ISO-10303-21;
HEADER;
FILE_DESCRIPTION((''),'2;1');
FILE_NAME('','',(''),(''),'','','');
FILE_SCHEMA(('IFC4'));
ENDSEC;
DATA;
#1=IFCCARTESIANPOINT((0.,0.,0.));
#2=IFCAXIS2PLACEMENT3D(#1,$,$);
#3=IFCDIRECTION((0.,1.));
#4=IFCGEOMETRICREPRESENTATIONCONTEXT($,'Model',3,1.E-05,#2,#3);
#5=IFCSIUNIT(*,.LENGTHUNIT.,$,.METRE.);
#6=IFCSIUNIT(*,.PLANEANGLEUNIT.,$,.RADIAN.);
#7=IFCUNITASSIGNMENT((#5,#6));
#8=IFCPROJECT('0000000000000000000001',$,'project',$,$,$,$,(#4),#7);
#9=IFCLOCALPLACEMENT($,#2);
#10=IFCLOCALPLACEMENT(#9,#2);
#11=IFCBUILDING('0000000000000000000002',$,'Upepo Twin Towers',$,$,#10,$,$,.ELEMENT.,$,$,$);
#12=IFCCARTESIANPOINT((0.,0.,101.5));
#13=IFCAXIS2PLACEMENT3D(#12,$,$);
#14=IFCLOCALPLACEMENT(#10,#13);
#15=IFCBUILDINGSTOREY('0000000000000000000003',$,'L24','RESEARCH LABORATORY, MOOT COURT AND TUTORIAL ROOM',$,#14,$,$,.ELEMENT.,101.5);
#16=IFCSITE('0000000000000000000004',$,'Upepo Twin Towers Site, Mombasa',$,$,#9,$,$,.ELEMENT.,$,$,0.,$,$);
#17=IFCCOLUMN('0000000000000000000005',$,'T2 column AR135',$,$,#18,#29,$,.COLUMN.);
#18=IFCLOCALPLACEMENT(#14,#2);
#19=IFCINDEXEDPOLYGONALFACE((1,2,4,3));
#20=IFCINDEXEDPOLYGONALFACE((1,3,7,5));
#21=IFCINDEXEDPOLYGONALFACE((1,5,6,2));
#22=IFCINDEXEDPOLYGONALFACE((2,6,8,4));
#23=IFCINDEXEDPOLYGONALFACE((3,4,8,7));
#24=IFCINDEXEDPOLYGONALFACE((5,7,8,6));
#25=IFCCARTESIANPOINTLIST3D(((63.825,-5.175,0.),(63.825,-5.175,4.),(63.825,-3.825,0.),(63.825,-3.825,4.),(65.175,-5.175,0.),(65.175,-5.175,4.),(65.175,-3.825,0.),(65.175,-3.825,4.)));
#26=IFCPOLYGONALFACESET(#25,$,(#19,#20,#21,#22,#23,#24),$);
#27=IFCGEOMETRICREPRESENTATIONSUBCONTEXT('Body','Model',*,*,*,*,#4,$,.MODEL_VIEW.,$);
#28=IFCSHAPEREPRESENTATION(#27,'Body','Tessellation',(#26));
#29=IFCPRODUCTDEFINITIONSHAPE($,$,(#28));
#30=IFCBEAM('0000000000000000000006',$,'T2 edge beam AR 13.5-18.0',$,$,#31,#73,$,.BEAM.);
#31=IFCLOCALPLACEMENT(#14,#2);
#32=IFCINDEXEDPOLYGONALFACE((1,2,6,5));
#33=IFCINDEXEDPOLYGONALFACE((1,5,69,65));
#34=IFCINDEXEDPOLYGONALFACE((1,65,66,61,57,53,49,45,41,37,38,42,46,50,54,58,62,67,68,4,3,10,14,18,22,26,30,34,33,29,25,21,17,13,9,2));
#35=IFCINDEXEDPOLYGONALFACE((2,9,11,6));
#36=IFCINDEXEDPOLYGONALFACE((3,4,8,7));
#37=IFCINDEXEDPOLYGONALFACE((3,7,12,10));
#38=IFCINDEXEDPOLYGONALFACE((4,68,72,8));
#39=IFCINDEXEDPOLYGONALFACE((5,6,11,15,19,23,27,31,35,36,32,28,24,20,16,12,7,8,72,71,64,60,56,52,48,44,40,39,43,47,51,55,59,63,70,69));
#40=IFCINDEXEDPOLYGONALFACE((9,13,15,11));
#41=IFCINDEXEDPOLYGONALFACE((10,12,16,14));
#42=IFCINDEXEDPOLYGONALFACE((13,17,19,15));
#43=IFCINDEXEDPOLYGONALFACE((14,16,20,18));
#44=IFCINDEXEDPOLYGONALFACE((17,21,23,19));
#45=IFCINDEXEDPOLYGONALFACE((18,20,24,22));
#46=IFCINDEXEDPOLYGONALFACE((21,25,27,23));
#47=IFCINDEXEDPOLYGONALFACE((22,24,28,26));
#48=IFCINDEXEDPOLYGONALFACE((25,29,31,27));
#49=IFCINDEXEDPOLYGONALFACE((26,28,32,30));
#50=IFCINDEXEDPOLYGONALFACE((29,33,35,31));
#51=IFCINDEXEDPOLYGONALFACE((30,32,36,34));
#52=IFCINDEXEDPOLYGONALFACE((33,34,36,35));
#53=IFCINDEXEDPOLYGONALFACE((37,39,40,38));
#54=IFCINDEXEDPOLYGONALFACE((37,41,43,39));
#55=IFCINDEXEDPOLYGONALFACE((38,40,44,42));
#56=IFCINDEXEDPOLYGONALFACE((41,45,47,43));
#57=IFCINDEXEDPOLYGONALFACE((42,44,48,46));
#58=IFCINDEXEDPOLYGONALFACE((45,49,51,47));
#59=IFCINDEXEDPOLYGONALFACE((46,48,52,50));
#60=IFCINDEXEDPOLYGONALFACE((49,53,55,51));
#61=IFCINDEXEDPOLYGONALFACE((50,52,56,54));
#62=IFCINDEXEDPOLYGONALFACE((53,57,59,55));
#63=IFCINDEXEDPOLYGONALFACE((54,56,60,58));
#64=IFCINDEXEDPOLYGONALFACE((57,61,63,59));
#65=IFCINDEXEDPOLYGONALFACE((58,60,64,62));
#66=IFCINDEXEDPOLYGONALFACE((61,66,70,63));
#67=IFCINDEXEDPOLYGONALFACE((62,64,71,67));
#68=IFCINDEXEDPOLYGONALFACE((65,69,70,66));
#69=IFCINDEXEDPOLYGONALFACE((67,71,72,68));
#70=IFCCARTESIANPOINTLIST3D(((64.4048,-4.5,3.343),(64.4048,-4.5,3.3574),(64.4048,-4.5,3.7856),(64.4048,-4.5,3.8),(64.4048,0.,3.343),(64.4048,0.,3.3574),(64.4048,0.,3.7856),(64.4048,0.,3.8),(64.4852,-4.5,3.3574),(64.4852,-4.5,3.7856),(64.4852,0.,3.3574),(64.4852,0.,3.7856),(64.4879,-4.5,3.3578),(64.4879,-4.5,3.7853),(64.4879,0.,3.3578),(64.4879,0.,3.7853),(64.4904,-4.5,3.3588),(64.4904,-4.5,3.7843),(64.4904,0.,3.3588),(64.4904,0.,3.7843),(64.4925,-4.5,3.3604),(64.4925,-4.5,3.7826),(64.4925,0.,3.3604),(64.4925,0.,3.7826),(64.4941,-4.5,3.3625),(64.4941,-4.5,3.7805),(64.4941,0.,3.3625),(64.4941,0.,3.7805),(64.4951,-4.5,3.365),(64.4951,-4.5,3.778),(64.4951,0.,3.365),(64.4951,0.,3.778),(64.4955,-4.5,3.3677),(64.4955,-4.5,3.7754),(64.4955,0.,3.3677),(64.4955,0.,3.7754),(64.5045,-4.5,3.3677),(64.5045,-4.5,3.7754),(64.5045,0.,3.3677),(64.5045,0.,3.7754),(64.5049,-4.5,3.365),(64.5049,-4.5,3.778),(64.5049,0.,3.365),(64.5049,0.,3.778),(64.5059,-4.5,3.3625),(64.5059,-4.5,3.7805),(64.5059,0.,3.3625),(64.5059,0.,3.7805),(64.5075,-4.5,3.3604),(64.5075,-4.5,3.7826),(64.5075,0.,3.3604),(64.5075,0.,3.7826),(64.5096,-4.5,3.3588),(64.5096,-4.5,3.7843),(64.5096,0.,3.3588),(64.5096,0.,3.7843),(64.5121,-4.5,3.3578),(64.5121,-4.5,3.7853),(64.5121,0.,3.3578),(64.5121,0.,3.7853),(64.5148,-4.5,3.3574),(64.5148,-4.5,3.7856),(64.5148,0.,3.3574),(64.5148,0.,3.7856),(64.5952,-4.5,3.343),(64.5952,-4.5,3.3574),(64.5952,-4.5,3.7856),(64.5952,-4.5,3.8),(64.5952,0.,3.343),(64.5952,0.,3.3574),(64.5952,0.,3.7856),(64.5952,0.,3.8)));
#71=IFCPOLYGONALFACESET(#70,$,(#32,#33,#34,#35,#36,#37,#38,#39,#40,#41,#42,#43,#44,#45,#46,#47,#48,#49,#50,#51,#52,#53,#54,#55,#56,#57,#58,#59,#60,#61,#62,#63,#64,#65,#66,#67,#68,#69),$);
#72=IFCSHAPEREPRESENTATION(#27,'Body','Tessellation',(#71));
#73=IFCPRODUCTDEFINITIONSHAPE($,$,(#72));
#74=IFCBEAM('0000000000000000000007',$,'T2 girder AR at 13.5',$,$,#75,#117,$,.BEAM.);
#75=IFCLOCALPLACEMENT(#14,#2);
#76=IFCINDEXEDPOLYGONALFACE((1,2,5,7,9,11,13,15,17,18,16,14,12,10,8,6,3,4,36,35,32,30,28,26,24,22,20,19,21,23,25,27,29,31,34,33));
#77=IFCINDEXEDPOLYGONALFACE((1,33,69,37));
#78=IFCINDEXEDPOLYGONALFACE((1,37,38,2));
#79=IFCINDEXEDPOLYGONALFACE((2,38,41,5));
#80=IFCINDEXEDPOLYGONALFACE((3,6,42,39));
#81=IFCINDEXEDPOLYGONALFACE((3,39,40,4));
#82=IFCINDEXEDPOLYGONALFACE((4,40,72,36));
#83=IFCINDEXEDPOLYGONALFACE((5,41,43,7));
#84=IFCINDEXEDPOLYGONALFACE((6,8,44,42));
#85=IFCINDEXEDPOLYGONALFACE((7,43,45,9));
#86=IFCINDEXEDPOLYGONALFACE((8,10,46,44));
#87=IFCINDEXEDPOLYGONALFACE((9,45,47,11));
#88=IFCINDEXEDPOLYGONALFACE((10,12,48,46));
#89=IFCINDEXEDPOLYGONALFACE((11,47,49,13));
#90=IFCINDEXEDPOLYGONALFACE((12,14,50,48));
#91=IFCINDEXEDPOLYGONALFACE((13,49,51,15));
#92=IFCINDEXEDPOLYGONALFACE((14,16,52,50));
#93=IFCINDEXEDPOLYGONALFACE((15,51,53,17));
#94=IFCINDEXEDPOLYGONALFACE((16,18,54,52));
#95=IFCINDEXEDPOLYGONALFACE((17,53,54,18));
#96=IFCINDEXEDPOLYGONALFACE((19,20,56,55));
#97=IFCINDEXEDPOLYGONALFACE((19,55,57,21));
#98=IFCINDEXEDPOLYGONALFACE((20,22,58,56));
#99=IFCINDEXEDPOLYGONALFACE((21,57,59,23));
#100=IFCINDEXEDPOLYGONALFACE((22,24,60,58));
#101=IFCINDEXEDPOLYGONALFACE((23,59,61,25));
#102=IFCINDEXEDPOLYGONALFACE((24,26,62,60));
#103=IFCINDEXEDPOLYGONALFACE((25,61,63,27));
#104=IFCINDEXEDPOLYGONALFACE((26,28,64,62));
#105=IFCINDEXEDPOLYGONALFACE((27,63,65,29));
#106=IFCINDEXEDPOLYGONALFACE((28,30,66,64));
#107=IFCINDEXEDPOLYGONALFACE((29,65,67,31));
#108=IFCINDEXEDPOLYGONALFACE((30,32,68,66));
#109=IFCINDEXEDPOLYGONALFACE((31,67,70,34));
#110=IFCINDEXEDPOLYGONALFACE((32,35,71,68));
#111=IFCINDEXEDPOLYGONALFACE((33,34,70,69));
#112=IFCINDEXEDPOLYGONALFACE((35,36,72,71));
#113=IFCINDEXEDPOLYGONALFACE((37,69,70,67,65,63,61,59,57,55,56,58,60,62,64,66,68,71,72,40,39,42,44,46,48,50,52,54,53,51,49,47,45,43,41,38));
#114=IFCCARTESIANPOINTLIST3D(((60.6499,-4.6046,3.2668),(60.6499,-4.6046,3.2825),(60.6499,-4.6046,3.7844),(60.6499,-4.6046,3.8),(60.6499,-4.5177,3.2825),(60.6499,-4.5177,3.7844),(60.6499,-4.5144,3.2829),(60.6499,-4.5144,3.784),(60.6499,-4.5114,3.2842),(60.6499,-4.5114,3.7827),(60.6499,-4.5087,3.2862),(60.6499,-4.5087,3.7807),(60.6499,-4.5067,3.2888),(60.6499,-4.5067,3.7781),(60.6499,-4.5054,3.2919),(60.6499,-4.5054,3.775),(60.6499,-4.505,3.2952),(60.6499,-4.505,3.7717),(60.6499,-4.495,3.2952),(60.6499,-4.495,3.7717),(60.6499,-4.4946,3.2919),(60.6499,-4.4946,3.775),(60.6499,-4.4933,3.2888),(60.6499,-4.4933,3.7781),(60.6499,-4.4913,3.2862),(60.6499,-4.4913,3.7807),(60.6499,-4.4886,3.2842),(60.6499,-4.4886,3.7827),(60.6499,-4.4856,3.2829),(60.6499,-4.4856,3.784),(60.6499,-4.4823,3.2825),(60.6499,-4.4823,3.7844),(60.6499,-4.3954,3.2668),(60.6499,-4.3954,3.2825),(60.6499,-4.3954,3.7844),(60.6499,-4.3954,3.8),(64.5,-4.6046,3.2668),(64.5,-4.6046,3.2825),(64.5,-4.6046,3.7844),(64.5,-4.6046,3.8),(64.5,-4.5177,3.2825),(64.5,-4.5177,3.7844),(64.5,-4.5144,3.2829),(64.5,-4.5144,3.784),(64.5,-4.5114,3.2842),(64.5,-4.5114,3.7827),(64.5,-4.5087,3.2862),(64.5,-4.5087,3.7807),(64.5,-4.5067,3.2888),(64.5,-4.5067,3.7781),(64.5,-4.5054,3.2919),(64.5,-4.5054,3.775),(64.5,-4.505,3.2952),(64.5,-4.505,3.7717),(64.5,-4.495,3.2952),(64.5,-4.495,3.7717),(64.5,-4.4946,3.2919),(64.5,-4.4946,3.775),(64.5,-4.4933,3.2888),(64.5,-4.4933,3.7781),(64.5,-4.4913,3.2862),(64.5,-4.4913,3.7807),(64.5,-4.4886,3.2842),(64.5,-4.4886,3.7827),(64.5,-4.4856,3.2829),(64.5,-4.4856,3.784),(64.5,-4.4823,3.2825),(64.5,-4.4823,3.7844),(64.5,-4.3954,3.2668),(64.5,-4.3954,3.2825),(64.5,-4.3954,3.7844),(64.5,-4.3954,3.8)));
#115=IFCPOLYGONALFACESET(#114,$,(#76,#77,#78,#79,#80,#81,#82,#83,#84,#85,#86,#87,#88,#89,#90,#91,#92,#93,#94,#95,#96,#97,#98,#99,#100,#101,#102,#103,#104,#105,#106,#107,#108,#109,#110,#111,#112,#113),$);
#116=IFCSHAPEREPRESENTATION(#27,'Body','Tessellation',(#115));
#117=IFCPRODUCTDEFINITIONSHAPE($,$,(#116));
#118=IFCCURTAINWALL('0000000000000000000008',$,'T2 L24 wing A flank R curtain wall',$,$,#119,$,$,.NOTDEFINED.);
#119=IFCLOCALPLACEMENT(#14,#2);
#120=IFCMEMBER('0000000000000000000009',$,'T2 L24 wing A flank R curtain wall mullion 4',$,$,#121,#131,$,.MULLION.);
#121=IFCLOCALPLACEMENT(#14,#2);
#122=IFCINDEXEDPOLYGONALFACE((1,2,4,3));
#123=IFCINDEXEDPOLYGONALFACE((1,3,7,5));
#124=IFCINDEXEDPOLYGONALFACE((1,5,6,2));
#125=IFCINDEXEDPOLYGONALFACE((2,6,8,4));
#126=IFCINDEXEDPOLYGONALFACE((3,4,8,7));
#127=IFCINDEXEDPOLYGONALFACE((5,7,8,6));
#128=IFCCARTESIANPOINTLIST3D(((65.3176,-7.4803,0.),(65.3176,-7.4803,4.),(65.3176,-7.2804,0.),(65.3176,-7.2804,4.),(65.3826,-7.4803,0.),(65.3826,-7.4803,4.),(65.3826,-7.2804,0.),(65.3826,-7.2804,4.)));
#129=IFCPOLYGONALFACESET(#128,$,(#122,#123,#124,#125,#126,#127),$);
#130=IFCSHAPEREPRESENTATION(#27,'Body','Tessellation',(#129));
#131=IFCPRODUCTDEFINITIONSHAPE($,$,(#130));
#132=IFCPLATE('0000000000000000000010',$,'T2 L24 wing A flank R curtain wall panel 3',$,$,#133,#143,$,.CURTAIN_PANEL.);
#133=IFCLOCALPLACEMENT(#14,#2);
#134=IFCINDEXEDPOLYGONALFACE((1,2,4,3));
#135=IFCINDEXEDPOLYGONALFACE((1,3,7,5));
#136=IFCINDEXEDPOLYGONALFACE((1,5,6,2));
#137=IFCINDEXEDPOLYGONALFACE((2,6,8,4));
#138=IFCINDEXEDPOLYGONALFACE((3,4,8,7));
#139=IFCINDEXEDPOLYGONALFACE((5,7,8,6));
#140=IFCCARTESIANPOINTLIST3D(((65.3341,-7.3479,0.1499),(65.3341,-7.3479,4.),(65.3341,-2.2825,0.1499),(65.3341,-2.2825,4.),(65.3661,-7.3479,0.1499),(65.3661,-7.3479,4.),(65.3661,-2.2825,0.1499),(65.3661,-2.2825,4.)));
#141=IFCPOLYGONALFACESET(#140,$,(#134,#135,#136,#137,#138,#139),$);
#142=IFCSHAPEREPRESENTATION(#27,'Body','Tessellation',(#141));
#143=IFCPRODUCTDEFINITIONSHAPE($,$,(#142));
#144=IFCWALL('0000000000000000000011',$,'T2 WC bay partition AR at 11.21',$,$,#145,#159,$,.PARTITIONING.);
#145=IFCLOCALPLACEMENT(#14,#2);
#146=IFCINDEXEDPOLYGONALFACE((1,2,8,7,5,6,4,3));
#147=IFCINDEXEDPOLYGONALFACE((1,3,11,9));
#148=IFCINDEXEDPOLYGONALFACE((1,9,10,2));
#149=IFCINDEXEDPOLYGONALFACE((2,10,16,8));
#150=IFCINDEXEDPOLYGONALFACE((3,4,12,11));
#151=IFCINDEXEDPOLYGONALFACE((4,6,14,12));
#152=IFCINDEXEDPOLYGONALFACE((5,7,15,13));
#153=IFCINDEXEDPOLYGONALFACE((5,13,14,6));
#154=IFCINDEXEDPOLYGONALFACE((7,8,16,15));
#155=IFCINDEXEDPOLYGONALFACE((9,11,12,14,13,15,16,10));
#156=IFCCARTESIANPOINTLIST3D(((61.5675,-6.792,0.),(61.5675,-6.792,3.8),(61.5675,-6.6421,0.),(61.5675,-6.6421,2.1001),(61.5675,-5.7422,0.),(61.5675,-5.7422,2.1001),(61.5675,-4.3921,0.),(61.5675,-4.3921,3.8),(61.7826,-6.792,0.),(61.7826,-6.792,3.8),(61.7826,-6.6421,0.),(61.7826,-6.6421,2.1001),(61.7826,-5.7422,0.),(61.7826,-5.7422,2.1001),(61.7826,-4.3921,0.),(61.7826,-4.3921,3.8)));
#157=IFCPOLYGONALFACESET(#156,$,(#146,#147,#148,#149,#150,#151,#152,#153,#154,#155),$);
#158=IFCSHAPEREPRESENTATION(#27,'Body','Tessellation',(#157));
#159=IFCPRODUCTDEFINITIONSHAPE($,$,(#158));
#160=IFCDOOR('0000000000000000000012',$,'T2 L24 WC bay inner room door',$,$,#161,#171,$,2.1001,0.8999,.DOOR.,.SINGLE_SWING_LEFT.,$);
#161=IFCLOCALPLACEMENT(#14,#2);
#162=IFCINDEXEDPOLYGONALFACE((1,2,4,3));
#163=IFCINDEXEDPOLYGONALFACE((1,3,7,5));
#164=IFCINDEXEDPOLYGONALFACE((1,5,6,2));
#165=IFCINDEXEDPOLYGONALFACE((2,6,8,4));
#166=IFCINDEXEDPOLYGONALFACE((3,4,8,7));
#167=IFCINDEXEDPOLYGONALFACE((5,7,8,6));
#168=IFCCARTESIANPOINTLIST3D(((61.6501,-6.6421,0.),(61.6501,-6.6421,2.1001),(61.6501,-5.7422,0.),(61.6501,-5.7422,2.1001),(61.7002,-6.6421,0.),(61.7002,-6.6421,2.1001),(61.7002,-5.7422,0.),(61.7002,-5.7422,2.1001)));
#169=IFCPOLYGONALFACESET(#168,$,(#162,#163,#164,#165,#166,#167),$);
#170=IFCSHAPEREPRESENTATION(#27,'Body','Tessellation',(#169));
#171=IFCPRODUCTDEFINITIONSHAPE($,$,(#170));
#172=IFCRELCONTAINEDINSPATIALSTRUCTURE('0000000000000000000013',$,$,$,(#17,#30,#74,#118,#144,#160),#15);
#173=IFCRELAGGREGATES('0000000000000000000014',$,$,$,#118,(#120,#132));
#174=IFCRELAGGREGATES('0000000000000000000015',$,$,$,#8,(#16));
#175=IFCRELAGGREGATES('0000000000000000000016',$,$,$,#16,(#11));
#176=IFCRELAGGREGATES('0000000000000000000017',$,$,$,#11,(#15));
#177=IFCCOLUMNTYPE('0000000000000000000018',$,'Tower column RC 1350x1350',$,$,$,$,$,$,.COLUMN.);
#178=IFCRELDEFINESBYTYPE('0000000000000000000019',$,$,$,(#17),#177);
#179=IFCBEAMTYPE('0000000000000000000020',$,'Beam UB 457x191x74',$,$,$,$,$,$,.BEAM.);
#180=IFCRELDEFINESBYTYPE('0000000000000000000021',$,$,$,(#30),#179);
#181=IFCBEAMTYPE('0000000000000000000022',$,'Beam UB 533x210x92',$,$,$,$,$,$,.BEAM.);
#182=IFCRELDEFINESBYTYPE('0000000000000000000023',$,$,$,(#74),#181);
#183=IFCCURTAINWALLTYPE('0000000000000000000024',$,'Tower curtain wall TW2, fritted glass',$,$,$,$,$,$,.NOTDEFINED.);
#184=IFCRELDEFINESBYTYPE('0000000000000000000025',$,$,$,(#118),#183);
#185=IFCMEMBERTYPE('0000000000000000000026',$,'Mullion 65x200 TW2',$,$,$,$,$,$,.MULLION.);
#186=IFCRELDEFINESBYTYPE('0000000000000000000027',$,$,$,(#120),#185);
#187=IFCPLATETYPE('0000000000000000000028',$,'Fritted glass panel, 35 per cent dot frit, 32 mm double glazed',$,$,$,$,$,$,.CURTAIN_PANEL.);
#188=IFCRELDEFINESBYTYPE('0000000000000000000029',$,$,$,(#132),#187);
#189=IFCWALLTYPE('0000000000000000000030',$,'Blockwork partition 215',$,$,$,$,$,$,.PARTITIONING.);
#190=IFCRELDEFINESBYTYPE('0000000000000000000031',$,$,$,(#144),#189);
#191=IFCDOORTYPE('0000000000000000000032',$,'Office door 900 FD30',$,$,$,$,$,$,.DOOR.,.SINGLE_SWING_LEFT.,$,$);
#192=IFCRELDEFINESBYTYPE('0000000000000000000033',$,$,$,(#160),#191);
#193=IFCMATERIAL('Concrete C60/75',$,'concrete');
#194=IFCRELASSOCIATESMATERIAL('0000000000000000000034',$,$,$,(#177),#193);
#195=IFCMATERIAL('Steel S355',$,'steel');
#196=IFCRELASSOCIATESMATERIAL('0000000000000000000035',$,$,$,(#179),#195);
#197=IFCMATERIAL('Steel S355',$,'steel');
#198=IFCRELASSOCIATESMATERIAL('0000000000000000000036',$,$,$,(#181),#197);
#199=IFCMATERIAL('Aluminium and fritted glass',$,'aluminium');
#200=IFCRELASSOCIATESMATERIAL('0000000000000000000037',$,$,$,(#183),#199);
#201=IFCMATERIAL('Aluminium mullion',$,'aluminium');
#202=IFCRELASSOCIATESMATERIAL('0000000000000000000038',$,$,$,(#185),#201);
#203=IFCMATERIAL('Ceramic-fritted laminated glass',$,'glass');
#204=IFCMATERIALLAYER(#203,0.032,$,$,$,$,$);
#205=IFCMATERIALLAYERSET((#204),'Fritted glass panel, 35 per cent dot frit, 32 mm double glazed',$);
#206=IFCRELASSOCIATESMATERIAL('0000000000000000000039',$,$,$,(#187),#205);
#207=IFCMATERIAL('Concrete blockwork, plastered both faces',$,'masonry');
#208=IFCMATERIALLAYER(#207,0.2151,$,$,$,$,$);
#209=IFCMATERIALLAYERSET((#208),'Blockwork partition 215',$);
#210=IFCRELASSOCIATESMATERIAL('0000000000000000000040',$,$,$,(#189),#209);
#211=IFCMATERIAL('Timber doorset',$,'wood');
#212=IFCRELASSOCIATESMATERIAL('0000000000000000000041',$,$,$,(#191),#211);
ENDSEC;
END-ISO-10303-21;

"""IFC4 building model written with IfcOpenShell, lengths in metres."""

from ifc_helpers import new_model, si_unit, direction, frame, frame_2d, origin, origin_2d, place, context, subcontext, project, spatial, rectangle, i_section, extrude, material, layer, layer_set, material_profile, profile_set, type_object, element, fill, aggregate, save


model = new_model("IFC4")

# Units and contexts
model_context = context("Model", 3, precision=1e-05, world=origin(), true_north=direction((0.0, 1.0)))
body_context = subcontext(model_context, "Body", "Model", "MODEL_VIEW")
ifc_project = project(units=[si_unit("LENGTHUNIT", "METRE"), si_unit("PLANEANGLEUNIT", "RADIAN")], contexts=[model_context])

# Site, building, storey
site_placement = place(None, origin())
site = spatial("IfcSite", under=ifc_project, at=site_placement, Name="Upepo Twin Towers Site, Mombasa", CompositionType="ELEMENT", RefElevation=0.0)
building_placement = place(site_placement, origin())
building = spatial("IfcBuilding", under=site, at=building_placement, Name="Upepo Twin Towers", CompositionType="ELEMENT")
storey_placement = place(building_placement, frame((0.0, 0.0, 101.5)))
storey = spatial("IfcBuildingStorey", under=building, at=storey_placement, Name="L24", Description="RESEARCH LABORATORY, MOOT COURT AND TUTORIAL ROOM", CompositionType="ELEMENT", Elevation=101.5)

# Column
ifc_material_1 = material(Name="Concrete C60/75", Category="concrete")
ifc_material_profile_1 = material_profile(ifc_material_1, rectangle(XDim=1.3501, YDim=1.3501, at=origin_2d()), Name="RC 1350x1350")
ifc_profile_set_1 = profile_set([ifc_material_profile_1], Name="Concrete C60/75")
column_type = type_object("IfcColumnType", Name="Tower column RC 1350x1350", PredefinedType="COLUMN", material=ifc_profile_set_1)
column_placement = place(storey_placement, frame((64.5, -4.5, 0.0), z_axis=(0.0, 0.0, 1.0), x_axis=(1.0, 0.0, 0.0)))
element("IfcColumn", 1, at=column_placement, inside=storey, type_object=column_type, Name="T2 column AR135", PredefinedType="COLUMN", context=body_context, shape_type="SweptSolid", body=[
    extrude(rectangle(XDim=1.3501, YDim=1.3501, at=origin_2d()), origin(), (0.0, 0.0, 1.0), 4.0),
])

# Beams
ifc_material_2 = material(Name="Steel S355", Category="steel")
ifc_material_profile_2 = material_profile(ifc_material_2, i_section(OverallWidth=0.1904, OverallDepth=0.457, WebThickness=0.009, FlangeThickness=0.0144, FilletRadius=0.0103, at=origin_2d()), Name="UB 457x191x74")
ifc_profile_set_2 = profile_set([ifc_material_profile_2], Name="Steel S355")
beam_type_1 = type_object("IfcBeamType", Name="Beam UB 457x191x74", PredefinedType="BEAM", material=ifc_profile_set_2)
beam_1_placement = place(storey_placement, frame((64.5, -4.5, 3.5715), z_axis=(0.0, 1.0, 0.0), x_axis=(-1.0, 0.0, 0.0)))
element("IfcBeam", 2, at=beam_1_placement, inside=storey, type_object=beam_type_1, Name="T2 edge beam AR 13.5-18.0", PredefinedType="BEAM", context=body_context, shape_type="SweptSolid", body=[
    extrude(i_section(OverallWidth=0.1904, OverallDepth=0.457, WebThickness=0.009, FlangeThickness=0.0144, FilletRadius=0.0103, at=origin_2d()), origin(), (0.0, 0.0, 1.0), 4.5),
])
ifc_material_3 = material(Name="Steel S355", Category="steel")
ifc_material_profile_3 = material_profile(ifc_material_3, i_section(OverallWidth=0.2092, OverallDepth=0.5332, WebThickness=0.01, FlangeThickness=0.0156, FilletRadius=0.0127, at=origin_2d()), Name="UB 533x210x92")
ifc_profile_set_3 = profile_set([ifc_material_profile_3], Name="Steel S355")
beam_type_2 = type_object("IfcBeamType", Name="Beam UB 533x210x92", PredefinedType="BEAM", material=ifc_profile_set_3)
beam_2_placement = place(storey_placement, frame((64.5, -4.5, 3.5334), z_axis=(-1.0, 0.0, 0.0), x_axis=(0.0, -1.0, 0.0)))
element("IfcBeam", 3, at=beam_2_placement, inside=storey, type_object=beam_type_2, Name="T2 girder AR at 13.5", PredefinedType="BEAM", context=body_context, shape_type="SweptSolid", body=[
    extrude(i_section(OverallWidth=0.2092, OverallDepth=0.5332, WebThickness=0.01, FlangeThickness=0.0156, FilletRadius=0.0127, at=origin_2d()), origin(), (0.0, 0.0, 1.0), 3.8501),
])

# Curtain wall, member, plate
ifc_material_4 = material(Name="Aluminium and fritted glass", Category="aluminium")
curtain_wall_type = type_object("IfcCurtainWallType", Name="Tower curtain wall TW2, fritted glass", PredefinedType="NOTDEFINED", material=ifc_material_4)
curtain_wall_placement = place(storey_placement, origin())
curtain_wall = element("IfcCurtainWall", 4, at=curtain_wall_placement, inside=storey, type_object=curtain_wall_type, Name="T2 L24 wing A flank R curtain wall", PredefinedType="NOTDEFINED")
ifc_material_5 = material(Name="Aluminium mullion", Category="aluminium")
ifc_material_profile_4 = material_profile(ifc_material_5, rectangle(XDim=0.0649, YDim=0.2, at=origin_2d()), Name="MULLION 65x200")
ifc_profile_set_4 = profile_set([ifc_material_profile_4], Name="Aluminium mullion")
member_type = type_object("IfcMemberType", Name="Mullion 65x200 TW2", PredefinedType="MULLION", material=ifc_profile_set_4)
member_placement = place(storey_placement, frame((65.3501, -7.3804, 0.0), z_axis=(0.0, 0.0, 1.0), x_axis=(1.0, 0.0, 0.0)))
member = element("IfcMember", 5, at=member_placement, type_object=member_type, Name="T2 L24 wing A flank R curtain wall mullion 4", PredefinedType="MULLION", context=body_context, shape_type="SweptSolid", body=[
    extrude(rectangle(XDim=0.0649, YDim=0.2, at=origin_2d()), origin(), (0.0, 0.0, 1.0), 4.0),
])
ifc_material_6 = material(Name="Ceramic-fritted laminated glass", Category="glass")
ifc_layer_1 = layer(ifc_material_6, 0.032)
ifc_layer_set_1 = layer_set([ifc_layer_1], Name="Fritted glass panel, 35 per cent dot frit, 32 mm double glazed")
plate_type = type_object("IfcPlateType", Name="Fritted glass panel, 35 per cent dot frit, 32 mm double glazed", PredefinedType="CURTAIN_PANEL", material=ifc_layer_set_1)
plate_placement = place(storey_placement, frame((65.3501, -4.8152, 0.1499), z_axis=(0.0, 0.0, 1.0), x_axis=(0.0, -1.0, 0.0)))
plate = element("IfcPlate", 6, at=plate_placement, type_object=plate_type, Name="T2 L24 wing A flank R curtain wall panel 3", PredefinedType="CURTAIN_PANEL", context=body_context, shape_type="SweptSolid", body=[
    extrude(rectangle(XDim=5.0654, YDim=0.032, at=origin_2d()), origin(), (0.0, 0.0, 1.0), 3.8501),
])
aggregate(curtain_wall, [member, plate])

# Wall, opening, door
ifc_material_7 = material(Name="Concrete blockwork, plastered both faces", Category="masonry")
ifc_layer_2 = layer(ifc_material_7, 0.2151)
ifc_layer_set_2 = layer_set([ifc_layer_2], Name="Blockwork partition 215")
wall_type_1 = type_object("IfcWallType", Name="Blockwork partition 215", PredefinedType="PARTITIONING", material=ifc_layer_set_2)
wall_1_placement = place(storey_placement, frame((61.675, -6.792, 0.0), z_axis=(0.0, 0.0, 1.0), x_axis=(0.0, 1.0, 0.0)))
wall_1 = element("IfcWall", 7, at=wall_1_placement, inside=storey, type_object=wall_type_1, Name="T2 WC bay partition AR at 11.21", PredefinedType="PARTITIONING", context=body_context, shape_type="SweptSolid", body=[
    extrude(rectangle(XDim=2.3999, YDim=0.2151, at=frame_2d((1.2, 0.0))), origin(), (0.0, 0.0, 1.0), 3.8),
])
opening_1_placement = place(wall_1_placement, frame((0.1499, 0.0, 0.0)))
opening_1 = element("IfcOpeningElement", 8, at=opening_1_placement, cuts=wall_1, PredefinedType="OPENING", context=body_context, shape_type="SweptSolid", body=[
    extrude(rectangle(XDim=0.8999, YDim=2.1001, at=frame_2d((0.45, 1.05))), frame((0.0, 0.1174, 0.0), z_axis=(0.0, -1.0, 0.0), x_axis=(1.0, 0.0, 0.0)), (0.0, 0.0, 1.0), 0.2351),
])
ifc_material_8 = material(Name="Timber doorset", Category="wood")
door_type_1 = type_object("IfcDoorType", Name="Office door 900 FD30", OperationType="SINGLE_SWING_LEFT", PredefinedType="DOOR", material=ifc_material_8)
door_1_placement = place(opening_1_placement, origin())
door_1 = element("IfcDoor", 9, at=door_1_placement, inside=storey, type_object=door_type_1, Name="T2 L24 WC bay inner room door", OperationType="SINGLE_SWING_LEFT", OverallHeight=2.1001, OverallWidth=0.8999, PredefinedType="DOOR", context=body_context, shape_type="SweptSolid", body=[
    extrude(rectangle(XDim=0.8999, YDim=2.1001, at=frame_2d((0.45, 1.05))), frame((0.0, 0.0249, 0.0), z_axis=(0.0, -1.0, 0.0), x_axis=(1.0, 0.0, 0.0)), (0.0, 0.0, 1.0), 0.05),
])
fill(opening_1, door_1)

save(model, "model.ifc")
